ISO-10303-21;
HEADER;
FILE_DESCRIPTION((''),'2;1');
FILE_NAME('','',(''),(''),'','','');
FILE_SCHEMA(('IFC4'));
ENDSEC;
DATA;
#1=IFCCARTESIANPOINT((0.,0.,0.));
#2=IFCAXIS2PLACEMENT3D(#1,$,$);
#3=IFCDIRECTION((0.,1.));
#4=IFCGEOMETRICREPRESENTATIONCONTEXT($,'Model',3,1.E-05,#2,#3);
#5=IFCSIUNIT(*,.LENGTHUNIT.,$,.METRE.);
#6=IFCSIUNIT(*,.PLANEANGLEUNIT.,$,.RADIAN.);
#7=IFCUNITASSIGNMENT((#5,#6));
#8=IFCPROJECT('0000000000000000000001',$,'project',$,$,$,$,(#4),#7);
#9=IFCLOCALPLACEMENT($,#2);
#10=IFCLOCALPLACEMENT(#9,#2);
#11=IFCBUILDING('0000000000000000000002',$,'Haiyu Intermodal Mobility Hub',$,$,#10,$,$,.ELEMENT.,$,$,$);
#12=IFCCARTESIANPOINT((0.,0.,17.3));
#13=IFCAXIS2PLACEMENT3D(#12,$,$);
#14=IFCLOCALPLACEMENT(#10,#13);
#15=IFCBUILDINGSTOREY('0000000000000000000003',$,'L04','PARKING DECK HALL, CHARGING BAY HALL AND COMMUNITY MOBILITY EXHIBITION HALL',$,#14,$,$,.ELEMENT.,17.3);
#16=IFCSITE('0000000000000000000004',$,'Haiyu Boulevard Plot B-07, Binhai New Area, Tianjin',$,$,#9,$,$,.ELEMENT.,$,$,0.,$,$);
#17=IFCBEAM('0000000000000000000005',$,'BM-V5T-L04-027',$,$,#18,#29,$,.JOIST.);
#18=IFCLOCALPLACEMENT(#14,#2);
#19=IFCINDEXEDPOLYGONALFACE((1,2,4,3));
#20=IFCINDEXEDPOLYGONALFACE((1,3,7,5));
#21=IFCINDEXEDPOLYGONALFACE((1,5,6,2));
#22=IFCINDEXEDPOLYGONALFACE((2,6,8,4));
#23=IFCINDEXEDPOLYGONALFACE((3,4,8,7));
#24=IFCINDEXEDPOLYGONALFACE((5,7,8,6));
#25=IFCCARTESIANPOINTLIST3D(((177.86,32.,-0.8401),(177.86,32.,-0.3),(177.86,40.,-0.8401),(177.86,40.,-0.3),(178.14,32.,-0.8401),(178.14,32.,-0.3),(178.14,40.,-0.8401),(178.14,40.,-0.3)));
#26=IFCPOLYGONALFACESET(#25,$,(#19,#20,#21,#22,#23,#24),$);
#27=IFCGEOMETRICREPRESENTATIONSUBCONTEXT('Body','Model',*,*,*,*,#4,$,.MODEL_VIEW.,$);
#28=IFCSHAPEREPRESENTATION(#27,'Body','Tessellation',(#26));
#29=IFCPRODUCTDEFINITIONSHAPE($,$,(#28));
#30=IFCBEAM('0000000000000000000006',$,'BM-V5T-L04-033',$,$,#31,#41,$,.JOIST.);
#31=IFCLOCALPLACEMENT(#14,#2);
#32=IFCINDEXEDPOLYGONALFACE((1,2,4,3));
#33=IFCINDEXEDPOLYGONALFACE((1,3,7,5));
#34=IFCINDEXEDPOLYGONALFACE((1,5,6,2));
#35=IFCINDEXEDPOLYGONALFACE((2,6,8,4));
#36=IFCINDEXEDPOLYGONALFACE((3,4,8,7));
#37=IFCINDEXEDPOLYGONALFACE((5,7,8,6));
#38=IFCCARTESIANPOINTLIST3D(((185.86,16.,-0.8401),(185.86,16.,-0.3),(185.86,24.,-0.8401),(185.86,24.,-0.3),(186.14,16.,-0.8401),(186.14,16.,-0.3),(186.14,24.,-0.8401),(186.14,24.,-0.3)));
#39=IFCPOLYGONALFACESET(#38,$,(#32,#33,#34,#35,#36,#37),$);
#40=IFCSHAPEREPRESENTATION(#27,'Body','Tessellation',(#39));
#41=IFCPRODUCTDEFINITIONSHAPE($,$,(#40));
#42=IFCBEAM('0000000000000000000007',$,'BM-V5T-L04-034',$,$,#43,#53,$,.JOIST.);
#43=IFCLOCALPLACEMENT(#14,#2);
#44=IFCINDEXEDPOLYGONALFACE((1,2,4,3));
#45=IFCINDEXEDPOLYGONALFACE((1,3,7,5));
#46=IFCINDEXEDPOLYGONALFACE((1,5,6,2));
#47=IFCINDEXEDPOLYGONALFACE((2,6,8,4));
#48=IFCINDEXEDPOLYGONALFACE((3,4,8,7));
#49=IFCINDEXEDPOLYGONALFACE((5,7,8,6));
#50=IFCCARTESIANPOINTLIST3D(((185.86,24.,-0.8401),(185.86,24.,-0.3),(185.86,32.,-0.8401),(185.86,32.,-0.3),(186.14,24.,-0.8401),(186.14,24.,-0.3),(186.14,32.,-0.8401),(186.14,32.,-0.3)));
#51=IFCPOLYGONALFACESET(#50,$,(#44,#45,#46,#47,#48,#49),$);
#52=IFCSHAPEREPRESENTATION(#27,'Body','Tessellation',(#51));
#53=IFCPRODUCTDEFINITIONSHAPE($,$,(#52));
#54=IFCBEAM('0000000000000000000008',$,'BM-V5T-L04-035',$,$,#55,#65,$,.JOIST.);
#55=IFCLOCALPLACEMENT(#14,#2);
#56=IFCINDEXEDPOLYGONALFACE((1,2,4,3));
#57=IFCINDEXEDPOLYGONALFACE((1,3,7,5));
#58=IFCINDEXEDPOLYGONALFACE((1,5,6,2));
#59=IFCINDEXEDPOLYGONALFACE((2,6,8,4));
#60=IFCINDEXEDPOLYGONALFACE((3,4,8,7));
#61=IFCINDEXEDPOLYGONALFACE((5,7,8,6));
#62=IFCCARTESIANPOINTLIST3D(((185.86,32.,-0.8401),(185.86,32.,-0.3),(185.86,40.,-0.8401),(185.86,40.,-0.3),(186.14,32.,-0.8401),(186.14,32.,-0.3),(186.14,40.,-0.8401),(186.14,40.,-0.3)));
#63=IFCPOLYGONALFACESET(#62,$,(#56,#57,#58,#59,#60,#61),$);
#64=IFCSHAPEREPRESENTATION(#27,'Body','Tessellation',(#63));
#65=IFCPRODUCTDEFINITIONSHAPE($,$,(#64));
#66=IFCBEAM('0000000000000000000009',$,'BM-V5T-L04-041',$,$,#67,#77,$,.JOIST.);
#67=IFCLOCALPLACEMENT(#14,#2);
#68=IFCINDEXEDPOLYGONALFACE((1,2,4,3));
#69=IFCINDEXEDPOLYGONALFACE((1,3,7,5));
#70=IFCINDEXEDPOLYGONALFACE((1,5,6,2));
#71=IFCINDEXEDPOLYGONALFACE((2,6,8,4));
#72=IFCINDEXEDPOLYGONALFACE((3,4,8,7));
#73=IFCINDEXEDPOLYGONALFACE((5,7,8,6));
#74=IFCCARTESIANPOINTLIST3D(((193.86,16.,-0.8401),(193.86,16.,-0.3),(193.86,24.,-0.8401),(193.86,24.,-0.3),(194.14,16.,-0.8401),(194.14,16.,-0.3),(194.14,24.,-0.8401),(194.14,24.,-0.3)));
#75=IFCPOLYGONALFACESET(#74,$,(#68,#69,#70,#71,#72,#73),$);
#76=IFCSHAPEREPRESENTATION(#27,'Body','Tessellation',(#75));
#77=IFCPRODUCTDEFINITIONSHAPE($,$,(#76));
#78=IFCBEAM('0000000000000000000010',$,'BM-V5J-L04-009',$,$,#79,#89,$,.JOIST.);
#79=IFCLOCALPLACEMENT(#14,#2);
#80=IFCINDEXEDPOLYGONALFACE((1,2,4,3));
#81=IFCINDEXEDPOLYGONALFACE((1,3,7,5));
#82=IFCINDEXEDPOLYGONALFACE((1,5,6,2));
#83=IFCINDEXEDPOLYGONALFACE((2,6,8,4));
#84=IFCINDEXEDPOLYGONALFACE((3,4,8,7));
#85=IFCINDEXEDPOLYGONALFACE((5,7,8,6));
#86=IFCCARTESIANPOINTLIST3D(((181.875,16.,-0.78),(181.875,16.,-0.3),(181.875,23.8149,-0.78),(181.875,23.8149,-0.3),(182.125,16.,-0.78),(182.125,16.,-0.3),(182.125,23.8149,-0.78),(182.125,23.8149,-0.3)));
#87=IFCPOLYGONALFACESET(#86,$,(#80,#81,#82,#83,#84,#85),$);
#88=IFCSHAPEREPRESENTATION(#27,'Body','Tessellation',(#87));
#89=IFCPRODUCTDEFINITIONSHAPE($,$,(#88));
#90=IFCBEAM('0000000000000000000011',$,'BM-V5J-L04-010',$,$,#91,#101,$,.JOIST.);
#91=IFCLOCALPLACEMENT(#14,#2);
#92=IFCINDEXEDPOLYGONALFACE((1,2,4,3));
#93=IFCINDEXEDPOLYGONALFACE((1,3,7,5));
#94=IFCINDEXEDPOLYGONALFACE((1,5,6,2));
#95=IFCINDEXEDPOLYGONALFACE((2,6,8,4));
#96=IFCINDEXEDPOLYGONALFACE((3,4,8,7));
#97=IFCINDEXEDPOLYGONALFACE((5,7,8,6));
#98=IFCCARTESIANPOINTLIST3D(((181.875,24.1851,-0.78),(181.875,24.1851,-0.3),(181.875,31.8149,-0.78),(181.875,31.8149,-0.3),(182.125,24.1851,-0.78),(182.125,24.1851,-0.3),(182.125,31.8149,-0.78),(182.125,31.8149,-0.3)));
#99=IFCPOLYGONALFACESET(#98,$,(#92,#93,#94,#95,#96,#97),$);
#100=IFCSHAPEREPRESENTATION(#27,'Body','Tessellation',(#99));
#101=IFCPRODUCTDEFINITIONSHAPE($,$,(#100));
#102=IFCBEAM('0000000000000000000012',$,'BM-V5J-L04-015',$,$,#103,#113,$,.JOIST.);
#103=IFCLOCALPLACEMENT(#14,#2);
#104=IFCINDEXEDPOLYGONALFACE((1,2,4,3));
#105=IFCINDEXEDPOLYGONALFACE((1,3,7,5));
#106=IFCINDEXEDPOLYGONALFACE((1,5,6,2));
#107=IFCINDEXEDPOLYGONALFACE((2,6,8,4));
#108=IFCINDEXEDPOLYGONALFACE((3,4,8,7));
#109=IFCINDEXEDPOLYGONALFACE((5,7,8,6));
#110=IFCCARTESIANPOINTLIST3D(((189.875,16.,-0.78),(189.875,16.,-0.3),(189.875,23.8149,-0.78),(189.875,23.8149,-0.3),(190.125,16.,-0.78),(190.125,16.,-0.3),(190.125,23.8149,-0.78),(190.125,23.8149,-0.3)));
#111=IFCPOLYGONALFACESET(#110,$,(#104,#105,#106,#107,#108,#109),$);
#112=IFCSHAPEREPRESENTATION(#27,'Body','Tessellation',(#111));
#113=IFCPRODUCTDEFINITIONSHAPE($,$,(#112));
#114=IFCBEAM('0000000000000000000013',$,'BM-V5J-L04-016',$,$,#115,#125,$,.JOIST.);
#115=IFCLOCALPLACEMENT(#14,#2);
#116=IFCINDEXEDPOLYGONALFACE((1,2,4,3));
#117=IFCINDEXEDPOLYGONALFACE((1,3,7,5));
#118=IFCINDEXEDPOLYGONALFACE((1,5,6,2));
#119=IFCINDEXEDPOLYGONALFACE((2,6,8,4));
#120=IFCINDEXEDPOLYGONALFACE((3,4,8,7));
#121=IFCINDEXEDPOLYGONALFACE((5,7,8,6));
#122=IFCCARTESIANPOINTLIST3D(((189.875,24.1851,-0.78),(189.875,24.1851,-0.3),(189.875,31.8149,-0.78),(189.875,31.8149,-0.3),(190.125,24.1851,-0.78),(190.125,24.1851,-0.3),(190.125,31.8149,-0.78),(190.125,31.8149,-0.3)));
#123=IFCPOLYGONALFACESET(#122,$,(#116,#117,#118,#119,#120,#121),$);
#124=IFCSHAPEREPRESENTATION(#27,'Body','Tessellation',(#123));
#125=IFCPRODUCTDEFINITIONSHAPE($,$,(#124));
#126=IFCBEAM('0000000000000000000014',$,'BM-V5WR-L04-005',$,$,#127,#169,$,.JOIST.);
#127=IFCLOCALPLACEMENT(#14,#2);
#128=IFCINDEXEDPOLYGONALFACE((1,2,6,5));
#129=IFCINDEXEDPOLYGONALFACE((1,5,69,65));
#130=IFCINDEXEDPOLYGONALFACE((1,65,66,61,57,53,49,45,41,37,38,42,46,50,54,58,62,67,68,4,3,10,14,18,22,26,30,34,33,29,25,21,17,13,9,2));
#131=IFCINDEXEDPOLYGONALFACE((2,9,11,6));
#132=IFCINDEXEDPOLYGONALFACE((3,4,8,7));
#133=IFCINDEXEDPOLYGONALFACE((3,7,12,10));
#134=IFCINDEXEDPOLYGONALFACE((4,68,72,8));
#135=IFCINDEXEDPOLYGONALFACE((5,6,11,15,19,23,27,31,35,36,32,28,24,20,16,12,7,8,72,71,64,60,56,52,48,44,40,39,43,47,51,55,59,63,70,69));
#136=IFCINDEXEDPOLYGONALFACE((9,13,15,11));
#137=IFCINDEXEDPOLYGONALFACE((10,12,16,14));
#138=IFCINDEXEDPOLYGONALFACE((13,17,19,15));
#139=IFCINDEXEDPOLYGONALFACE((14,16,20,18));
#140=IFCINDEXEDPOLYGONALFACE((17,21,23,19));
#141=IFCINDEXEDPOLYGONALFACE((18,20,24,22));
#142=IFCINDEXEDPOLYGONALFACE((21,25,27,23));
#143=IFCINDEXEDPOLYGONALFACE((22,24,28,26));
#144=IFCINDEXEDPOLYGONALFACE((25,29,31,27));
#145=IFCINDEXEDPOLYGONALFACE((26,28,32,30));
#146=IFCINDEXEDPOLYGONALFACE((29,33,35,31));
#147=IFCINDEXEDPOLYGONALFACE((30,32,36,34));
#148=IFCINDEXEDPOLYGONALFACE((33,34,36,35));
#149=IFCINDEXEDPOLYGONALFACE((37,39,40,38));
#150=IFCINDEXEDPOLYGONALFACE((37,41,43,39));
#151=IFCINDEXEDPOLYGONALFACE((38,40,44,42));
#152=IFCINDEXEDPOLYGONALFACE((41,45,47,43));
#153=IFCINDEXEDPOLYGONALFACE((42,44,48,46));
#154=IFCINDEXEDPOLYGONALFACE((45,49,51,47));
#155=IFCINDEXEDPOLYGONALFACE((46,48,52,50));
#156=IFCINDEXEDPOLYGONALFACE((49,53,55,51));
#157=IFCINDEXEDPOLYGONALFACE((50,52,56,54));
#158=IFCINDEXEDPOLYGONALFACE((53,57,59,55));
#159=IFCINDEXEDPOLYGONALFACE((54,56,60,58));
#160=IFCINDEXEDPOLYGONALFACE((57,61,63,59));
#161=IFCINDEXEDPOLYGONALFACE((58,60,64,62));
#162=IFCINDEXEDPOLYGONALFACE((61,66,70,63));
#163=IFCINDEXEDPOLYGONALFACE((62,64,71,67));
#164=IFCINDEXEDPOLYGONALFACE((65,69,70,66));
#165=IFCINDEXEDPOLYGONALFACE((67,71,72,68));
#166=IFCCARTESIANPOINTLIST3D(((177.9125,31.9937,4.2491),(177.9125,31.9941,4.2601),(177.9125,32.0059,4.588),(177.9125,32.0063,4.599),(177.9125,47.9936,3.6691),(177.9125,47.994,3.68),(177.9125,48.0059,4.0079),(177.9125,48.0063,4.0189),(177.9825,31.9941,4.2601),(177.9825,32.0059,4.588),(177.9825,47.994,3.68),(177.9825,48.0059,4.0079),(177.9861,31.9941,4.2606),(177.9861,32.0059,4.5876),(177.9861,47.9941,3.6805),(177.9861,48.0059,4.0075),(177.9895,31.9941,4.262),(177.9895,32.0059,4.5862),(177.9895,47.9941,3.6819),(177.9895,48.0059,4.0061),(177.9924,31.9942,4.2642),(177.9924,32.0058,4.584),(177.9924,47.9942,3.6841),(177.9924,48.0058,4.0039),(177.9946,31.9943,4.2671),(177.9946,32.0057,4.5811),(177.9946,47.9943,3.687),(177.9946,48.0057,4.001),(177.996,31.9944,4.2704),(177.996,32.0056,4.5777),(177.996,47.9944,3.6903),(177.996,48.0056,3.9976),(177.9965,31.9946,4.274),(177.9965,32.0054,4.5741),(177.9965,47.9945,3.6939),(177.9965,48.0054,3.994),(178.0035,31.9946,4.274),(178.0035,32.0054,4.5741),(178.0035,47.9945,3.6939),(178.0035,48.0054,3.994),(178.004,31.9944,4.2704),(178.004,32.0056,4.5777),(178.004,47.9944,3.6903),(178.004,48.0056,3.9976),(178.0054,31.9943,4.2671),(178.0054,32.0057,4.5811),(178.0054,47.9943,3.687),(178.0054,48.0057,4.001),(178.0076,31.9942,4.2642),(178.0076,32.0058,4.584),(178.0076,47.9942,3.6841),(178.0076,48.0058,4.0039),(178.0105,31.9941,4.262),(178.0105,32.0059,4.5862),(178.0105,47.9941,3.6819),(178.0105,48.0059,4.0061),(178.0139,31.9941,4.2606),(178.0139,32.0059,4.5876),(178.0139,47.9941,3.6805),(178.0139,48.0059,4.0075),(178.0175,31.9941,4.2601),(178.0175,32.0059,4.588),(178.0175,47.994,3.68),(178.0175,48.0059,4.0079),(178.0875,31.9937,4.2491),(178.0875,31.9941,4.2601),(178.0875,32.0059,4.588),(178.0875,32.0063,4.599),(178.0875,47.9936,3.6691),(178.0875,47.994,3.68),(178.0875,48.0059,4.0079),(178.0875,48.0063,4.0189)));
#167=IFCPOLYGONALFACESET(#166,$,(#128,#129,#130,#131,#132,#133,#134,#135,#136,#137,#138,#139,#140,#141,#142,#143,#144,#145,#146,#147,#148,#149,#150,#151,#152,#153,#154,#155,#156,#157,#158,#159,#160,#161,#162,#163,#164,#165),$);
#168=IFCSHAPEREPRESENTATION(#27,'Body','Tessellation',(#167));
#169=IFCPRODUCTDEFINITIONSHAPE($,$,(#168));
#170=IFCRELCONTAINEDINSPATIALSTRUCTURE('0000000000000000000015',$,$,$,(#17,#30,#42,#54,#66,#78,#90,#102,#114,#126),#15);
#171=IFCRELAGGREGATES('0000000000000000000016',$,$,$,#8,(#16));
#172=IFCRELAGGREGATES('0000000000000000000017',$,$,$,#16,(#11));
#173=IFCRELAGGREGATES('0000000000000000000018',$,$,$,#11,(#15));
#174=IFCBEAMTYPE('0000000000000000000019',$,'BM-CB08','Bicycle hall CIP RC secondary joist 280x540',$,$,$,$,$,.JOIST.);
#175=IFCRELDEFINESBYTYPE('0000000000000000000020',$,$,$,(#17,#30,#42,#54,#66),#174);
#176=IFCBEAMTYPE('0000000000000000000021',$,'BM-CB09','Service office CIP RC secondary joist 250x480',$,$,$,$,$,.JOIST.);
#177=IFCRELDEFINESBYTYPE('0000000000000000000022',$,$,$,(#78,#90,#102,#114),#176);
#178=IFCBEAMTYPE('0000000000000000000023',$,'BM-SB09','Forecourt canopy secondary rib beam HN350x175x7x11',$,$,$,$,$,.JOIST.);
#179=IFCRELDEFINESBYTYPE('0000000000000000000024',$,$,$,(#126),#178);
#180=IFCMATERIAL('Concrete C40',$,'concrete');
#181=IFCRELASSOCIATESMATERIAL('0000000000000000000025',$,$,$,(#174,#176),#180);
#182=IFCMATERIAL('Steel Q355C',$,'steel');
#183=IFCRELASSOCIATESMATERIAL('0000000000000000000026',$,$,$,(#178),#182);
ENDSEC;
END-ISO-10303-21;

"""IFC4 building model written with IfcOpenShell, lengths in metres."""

from ifc_helpers import new_model, si_unit, direction, frame, origin, origin_2d, place, context, subcontext, project, spatial, rectangle, i_section, extrude, material, material_profile, profile_set, type_object, element, save


model = new_model("IFC4")

# Units and contexts
model_context = context("Model", 3, precision=1e-05, world=origin(), true_north=direction((0.0, 1.0)))
body_context = subcontext(model_context, "Body", "Model", "MODEL_VIEW")
ifc_project = project(units=[si_unit("LENGTHUNIT", "METRE"), si_unit("PLANEANGLEUNIT", "RADIAN")], contexts=[model_context])

# Site, building, storey
site_placement = place(None, origin())
site = spatial("IfcSite", under=ifc_project, at=site_placement, Name="Haiyu Boulevard Plot B-07, Binhai New Area, Tianjin", CompositionType="ELEMENT", RefElevation=0.0)
building_placement = place(site_placement, origin())
building = spatial("IfcBuilding", under=site, at=building_placement, Name="Haiyu Intermodal Mobility Hub", CompositionType="ELEMENT")
storey_placement = place(building_placement, frame((0.0, 0.0, 17.3)))
storey = spatial("IfcBuildingStorey", under=building, at=storey_placement, Name="L04", Description="PARKING DECK HALL, CHARGING BAY HALL AND COMMUNITY MOBILITY EXHIBITION HALL", CompositionType="ELEMENT", Elevation=17.3)

# Shared definitions
ifc_material_1 = material(Name="Steel Q355C", Category="steel")

# Beams
ifc_material_2 = material(Name="Concrete C40", Category="concrete")
ifc_material_profile_1 = material_profile(ifc_material_2, rectangle(XDim=0.28, YDim=0.54, at=origin_2d()), Name="RCB280x540")
ifc_profile_set_1 = profile_set([ifc_material_profile_1], Name="Concrete C40")
beam_type_1 = type_object("IfcBeamType", Name="BM-CB08", Description="Bicycle hall CIP RC secondary joist 280x540", PredefinedType="JOIST", material=ifc_profile_set_1)
for number, where, z_axis, x_axis, name in (
    (1, (178.0, 32.0, -0.5701), (0.0, 1.0, 0.0), (-1.0, 0.0, 0.0), "BM-V5T-L04-027"),
    (2, (186.0, 16.0, -0.5701), (0.0, 1.0, 0.0), (-1.0, 0.0, 0.0), "BM-V5T-L04-033"),
    (3, (186.0, 24.0, -0.5701), (0.0, 1.0, 0.0), (-1.0, 0.0, 0.0), "BM-V5T-L04-034"),
    (4, (186.0, 32.0, -0.5701), (0.0, 1.0, 0.0), (-1.0, 0.0, 0.0), "BM-V5T-L04-035"),
    (5, (194.0, 16.0, -0.5701), (0.0, 1.0, 0.0), (-1.0, 0.0, 0.0), "BM-V5T-L04-041"),
):
    element("IfcBeam", number, at=place(storey_placement, frame(where, z_axis=z_axis, x_axis=x_axis)), inside=storey, type_object=beam_type_1, Name=name, PredefinedType="JOIST", context=body_context, shape_type="SweptSolid", body=[
        extrude(rectangle(XDim=0.28, YDim=0.54, at=origin_2d()), origin(), (0.0, 0.0, 1.0), 8.0),
    ])
ifc_material_profile_2 = material_profile(ifc_material_2, rectangle(XDim=0.25, YDim=0.48, at=origin_2d()), Name="RCB250x480")
ifc_profile_set_2 = profile_set([ifc_material_profile_2], Name="Concrete C40")
beam_type_2 = type_object("IfcBeamType", Name="BM-CB09", Description="Service office CIP RC secondary joist 250x480", PredefinedType="JOIST", material=ifc_profile_set_2)
beam_1_placement = place(storey_placement, frame((182.0, 16.0, -0.54), z_axis=(0.0, 1.0, 0.0), x_axis=(-1.0, 0.0, 0.0)))
element("IfcBeam", 6, at=beam_1_placement, inside=storey, type_object=beam_type_2, Name="BM-V5J-L04-009", PredefinedType="JOIST", context=body_context, shape_type="SweptSolid", body=[
    extrude(rectangle(XDim=0.25, YDim=0.48, at=origin_2d()), origin(), (0.0, 0.0, 1.0), 7.8149),
])
beam_2_placement = place(storey_placement, frame((182.0, 24.1851, -0.54), z_axis=(0.0, 1.0, 0.0), x_axis=(-1.0, 0.0, 0.0)))
element("IfcBeam", 7, at=beam_2_placement, inside=storey, type_object=beam_type_2, Name="BM-V5J-L04-010", PredefinedType="JOIST", context=body_context, shape_type="SweptSolid", body=[
    extrude(rectangle(XDim=0.25, YDim=0.48, at=origin_2d()), origin(), (0.0, 0.0, 1.0), 7.6299),
])
beam_3_placement = place(storey_placement, frame((190.0, 16.0, -0.54), z_axis=(0.0, 1.0, 0.0), x_axis=(-1.0, 0.0, 0.0)))
element("IfcBeam", 8, at=beam_3_placement, inside=storey, type_object=beam_type_2, Name="BM-V5J-L04-015", PredefinedType="JOIST", context=body_context, shape_type="SweptSolid", body=[
    extrude(rectangle(XDim=0.25, YDim=0.48, at=origin_2d()), origin(), (0.0, 0.0, 1.0), 7.8149),
])
beam_4_placement = place(storey_placement, frame((190.0, 24.1851, -0.54), z_axis=(0.0, 1.0, 0.0), x_axis=(-1.0, 0.0, 0.0)))
element("IfcBeam", 9, at=beam_4_placement, inside=storey, type_object=beam_type_2, Name="BM-V5J-L04-016", PredefinedType="JOIST", context=body_context, shape_type="SweptSolid", body=[
    extrude(rectangle(XDim=0.25, YDim=0.48, at=origin_2d()), origin(), (0.0, 0.0, 1.0), 7.6299),
])
ifc_material_profile_3 = material_profile(ifc_material_1, i_section(OverallWidth=0.175, OverallDepth=0.3501, WebThickness=0.0071, FlangeThickness=0.011, FilletRadius=0.0139, at=origin_2d()), Name="HN350x175x7x11")
ifc_profile_set_3 = profile_set([ifc_material_profile_3], Name="Steel Q355C")
beam_type_3 = type_object("IfcBeamType", Name="BM-SB09", Description="Forecourt canopy secondary rib beam HN350x175x7x11", PredefinedType="JOIST", material=ifc_profile_set_3)
for number, where, z_axis, x_axis, name in (
    (10, (178.0, 32.0, 4.4241), (0.0, 0.999343, -0.036231), (-1.0, 0.0, 0.0), "BM-V5WR-L04-005"),
):
    element("IfcBeam", number, at=place(storey_placement, frame(where, z_axis=z_axis, x_axis=x_axis)), inside=storey, type_object=beam_type_3, Name=name, PredefinedType="JOIST", context=body_context, shape_type="SweptSolid", body=[
        extrude(i_section(OverallWidth=0.175, OverallDepth=0.3501, WebThickness=0.0071, FlangeThickness=0.011, FilletRadius=0.0139, at=origin_2d()), origin(), (0.0, 0.0, 1.0), 16.0105),
    ])

save(model, "model.ifc")
